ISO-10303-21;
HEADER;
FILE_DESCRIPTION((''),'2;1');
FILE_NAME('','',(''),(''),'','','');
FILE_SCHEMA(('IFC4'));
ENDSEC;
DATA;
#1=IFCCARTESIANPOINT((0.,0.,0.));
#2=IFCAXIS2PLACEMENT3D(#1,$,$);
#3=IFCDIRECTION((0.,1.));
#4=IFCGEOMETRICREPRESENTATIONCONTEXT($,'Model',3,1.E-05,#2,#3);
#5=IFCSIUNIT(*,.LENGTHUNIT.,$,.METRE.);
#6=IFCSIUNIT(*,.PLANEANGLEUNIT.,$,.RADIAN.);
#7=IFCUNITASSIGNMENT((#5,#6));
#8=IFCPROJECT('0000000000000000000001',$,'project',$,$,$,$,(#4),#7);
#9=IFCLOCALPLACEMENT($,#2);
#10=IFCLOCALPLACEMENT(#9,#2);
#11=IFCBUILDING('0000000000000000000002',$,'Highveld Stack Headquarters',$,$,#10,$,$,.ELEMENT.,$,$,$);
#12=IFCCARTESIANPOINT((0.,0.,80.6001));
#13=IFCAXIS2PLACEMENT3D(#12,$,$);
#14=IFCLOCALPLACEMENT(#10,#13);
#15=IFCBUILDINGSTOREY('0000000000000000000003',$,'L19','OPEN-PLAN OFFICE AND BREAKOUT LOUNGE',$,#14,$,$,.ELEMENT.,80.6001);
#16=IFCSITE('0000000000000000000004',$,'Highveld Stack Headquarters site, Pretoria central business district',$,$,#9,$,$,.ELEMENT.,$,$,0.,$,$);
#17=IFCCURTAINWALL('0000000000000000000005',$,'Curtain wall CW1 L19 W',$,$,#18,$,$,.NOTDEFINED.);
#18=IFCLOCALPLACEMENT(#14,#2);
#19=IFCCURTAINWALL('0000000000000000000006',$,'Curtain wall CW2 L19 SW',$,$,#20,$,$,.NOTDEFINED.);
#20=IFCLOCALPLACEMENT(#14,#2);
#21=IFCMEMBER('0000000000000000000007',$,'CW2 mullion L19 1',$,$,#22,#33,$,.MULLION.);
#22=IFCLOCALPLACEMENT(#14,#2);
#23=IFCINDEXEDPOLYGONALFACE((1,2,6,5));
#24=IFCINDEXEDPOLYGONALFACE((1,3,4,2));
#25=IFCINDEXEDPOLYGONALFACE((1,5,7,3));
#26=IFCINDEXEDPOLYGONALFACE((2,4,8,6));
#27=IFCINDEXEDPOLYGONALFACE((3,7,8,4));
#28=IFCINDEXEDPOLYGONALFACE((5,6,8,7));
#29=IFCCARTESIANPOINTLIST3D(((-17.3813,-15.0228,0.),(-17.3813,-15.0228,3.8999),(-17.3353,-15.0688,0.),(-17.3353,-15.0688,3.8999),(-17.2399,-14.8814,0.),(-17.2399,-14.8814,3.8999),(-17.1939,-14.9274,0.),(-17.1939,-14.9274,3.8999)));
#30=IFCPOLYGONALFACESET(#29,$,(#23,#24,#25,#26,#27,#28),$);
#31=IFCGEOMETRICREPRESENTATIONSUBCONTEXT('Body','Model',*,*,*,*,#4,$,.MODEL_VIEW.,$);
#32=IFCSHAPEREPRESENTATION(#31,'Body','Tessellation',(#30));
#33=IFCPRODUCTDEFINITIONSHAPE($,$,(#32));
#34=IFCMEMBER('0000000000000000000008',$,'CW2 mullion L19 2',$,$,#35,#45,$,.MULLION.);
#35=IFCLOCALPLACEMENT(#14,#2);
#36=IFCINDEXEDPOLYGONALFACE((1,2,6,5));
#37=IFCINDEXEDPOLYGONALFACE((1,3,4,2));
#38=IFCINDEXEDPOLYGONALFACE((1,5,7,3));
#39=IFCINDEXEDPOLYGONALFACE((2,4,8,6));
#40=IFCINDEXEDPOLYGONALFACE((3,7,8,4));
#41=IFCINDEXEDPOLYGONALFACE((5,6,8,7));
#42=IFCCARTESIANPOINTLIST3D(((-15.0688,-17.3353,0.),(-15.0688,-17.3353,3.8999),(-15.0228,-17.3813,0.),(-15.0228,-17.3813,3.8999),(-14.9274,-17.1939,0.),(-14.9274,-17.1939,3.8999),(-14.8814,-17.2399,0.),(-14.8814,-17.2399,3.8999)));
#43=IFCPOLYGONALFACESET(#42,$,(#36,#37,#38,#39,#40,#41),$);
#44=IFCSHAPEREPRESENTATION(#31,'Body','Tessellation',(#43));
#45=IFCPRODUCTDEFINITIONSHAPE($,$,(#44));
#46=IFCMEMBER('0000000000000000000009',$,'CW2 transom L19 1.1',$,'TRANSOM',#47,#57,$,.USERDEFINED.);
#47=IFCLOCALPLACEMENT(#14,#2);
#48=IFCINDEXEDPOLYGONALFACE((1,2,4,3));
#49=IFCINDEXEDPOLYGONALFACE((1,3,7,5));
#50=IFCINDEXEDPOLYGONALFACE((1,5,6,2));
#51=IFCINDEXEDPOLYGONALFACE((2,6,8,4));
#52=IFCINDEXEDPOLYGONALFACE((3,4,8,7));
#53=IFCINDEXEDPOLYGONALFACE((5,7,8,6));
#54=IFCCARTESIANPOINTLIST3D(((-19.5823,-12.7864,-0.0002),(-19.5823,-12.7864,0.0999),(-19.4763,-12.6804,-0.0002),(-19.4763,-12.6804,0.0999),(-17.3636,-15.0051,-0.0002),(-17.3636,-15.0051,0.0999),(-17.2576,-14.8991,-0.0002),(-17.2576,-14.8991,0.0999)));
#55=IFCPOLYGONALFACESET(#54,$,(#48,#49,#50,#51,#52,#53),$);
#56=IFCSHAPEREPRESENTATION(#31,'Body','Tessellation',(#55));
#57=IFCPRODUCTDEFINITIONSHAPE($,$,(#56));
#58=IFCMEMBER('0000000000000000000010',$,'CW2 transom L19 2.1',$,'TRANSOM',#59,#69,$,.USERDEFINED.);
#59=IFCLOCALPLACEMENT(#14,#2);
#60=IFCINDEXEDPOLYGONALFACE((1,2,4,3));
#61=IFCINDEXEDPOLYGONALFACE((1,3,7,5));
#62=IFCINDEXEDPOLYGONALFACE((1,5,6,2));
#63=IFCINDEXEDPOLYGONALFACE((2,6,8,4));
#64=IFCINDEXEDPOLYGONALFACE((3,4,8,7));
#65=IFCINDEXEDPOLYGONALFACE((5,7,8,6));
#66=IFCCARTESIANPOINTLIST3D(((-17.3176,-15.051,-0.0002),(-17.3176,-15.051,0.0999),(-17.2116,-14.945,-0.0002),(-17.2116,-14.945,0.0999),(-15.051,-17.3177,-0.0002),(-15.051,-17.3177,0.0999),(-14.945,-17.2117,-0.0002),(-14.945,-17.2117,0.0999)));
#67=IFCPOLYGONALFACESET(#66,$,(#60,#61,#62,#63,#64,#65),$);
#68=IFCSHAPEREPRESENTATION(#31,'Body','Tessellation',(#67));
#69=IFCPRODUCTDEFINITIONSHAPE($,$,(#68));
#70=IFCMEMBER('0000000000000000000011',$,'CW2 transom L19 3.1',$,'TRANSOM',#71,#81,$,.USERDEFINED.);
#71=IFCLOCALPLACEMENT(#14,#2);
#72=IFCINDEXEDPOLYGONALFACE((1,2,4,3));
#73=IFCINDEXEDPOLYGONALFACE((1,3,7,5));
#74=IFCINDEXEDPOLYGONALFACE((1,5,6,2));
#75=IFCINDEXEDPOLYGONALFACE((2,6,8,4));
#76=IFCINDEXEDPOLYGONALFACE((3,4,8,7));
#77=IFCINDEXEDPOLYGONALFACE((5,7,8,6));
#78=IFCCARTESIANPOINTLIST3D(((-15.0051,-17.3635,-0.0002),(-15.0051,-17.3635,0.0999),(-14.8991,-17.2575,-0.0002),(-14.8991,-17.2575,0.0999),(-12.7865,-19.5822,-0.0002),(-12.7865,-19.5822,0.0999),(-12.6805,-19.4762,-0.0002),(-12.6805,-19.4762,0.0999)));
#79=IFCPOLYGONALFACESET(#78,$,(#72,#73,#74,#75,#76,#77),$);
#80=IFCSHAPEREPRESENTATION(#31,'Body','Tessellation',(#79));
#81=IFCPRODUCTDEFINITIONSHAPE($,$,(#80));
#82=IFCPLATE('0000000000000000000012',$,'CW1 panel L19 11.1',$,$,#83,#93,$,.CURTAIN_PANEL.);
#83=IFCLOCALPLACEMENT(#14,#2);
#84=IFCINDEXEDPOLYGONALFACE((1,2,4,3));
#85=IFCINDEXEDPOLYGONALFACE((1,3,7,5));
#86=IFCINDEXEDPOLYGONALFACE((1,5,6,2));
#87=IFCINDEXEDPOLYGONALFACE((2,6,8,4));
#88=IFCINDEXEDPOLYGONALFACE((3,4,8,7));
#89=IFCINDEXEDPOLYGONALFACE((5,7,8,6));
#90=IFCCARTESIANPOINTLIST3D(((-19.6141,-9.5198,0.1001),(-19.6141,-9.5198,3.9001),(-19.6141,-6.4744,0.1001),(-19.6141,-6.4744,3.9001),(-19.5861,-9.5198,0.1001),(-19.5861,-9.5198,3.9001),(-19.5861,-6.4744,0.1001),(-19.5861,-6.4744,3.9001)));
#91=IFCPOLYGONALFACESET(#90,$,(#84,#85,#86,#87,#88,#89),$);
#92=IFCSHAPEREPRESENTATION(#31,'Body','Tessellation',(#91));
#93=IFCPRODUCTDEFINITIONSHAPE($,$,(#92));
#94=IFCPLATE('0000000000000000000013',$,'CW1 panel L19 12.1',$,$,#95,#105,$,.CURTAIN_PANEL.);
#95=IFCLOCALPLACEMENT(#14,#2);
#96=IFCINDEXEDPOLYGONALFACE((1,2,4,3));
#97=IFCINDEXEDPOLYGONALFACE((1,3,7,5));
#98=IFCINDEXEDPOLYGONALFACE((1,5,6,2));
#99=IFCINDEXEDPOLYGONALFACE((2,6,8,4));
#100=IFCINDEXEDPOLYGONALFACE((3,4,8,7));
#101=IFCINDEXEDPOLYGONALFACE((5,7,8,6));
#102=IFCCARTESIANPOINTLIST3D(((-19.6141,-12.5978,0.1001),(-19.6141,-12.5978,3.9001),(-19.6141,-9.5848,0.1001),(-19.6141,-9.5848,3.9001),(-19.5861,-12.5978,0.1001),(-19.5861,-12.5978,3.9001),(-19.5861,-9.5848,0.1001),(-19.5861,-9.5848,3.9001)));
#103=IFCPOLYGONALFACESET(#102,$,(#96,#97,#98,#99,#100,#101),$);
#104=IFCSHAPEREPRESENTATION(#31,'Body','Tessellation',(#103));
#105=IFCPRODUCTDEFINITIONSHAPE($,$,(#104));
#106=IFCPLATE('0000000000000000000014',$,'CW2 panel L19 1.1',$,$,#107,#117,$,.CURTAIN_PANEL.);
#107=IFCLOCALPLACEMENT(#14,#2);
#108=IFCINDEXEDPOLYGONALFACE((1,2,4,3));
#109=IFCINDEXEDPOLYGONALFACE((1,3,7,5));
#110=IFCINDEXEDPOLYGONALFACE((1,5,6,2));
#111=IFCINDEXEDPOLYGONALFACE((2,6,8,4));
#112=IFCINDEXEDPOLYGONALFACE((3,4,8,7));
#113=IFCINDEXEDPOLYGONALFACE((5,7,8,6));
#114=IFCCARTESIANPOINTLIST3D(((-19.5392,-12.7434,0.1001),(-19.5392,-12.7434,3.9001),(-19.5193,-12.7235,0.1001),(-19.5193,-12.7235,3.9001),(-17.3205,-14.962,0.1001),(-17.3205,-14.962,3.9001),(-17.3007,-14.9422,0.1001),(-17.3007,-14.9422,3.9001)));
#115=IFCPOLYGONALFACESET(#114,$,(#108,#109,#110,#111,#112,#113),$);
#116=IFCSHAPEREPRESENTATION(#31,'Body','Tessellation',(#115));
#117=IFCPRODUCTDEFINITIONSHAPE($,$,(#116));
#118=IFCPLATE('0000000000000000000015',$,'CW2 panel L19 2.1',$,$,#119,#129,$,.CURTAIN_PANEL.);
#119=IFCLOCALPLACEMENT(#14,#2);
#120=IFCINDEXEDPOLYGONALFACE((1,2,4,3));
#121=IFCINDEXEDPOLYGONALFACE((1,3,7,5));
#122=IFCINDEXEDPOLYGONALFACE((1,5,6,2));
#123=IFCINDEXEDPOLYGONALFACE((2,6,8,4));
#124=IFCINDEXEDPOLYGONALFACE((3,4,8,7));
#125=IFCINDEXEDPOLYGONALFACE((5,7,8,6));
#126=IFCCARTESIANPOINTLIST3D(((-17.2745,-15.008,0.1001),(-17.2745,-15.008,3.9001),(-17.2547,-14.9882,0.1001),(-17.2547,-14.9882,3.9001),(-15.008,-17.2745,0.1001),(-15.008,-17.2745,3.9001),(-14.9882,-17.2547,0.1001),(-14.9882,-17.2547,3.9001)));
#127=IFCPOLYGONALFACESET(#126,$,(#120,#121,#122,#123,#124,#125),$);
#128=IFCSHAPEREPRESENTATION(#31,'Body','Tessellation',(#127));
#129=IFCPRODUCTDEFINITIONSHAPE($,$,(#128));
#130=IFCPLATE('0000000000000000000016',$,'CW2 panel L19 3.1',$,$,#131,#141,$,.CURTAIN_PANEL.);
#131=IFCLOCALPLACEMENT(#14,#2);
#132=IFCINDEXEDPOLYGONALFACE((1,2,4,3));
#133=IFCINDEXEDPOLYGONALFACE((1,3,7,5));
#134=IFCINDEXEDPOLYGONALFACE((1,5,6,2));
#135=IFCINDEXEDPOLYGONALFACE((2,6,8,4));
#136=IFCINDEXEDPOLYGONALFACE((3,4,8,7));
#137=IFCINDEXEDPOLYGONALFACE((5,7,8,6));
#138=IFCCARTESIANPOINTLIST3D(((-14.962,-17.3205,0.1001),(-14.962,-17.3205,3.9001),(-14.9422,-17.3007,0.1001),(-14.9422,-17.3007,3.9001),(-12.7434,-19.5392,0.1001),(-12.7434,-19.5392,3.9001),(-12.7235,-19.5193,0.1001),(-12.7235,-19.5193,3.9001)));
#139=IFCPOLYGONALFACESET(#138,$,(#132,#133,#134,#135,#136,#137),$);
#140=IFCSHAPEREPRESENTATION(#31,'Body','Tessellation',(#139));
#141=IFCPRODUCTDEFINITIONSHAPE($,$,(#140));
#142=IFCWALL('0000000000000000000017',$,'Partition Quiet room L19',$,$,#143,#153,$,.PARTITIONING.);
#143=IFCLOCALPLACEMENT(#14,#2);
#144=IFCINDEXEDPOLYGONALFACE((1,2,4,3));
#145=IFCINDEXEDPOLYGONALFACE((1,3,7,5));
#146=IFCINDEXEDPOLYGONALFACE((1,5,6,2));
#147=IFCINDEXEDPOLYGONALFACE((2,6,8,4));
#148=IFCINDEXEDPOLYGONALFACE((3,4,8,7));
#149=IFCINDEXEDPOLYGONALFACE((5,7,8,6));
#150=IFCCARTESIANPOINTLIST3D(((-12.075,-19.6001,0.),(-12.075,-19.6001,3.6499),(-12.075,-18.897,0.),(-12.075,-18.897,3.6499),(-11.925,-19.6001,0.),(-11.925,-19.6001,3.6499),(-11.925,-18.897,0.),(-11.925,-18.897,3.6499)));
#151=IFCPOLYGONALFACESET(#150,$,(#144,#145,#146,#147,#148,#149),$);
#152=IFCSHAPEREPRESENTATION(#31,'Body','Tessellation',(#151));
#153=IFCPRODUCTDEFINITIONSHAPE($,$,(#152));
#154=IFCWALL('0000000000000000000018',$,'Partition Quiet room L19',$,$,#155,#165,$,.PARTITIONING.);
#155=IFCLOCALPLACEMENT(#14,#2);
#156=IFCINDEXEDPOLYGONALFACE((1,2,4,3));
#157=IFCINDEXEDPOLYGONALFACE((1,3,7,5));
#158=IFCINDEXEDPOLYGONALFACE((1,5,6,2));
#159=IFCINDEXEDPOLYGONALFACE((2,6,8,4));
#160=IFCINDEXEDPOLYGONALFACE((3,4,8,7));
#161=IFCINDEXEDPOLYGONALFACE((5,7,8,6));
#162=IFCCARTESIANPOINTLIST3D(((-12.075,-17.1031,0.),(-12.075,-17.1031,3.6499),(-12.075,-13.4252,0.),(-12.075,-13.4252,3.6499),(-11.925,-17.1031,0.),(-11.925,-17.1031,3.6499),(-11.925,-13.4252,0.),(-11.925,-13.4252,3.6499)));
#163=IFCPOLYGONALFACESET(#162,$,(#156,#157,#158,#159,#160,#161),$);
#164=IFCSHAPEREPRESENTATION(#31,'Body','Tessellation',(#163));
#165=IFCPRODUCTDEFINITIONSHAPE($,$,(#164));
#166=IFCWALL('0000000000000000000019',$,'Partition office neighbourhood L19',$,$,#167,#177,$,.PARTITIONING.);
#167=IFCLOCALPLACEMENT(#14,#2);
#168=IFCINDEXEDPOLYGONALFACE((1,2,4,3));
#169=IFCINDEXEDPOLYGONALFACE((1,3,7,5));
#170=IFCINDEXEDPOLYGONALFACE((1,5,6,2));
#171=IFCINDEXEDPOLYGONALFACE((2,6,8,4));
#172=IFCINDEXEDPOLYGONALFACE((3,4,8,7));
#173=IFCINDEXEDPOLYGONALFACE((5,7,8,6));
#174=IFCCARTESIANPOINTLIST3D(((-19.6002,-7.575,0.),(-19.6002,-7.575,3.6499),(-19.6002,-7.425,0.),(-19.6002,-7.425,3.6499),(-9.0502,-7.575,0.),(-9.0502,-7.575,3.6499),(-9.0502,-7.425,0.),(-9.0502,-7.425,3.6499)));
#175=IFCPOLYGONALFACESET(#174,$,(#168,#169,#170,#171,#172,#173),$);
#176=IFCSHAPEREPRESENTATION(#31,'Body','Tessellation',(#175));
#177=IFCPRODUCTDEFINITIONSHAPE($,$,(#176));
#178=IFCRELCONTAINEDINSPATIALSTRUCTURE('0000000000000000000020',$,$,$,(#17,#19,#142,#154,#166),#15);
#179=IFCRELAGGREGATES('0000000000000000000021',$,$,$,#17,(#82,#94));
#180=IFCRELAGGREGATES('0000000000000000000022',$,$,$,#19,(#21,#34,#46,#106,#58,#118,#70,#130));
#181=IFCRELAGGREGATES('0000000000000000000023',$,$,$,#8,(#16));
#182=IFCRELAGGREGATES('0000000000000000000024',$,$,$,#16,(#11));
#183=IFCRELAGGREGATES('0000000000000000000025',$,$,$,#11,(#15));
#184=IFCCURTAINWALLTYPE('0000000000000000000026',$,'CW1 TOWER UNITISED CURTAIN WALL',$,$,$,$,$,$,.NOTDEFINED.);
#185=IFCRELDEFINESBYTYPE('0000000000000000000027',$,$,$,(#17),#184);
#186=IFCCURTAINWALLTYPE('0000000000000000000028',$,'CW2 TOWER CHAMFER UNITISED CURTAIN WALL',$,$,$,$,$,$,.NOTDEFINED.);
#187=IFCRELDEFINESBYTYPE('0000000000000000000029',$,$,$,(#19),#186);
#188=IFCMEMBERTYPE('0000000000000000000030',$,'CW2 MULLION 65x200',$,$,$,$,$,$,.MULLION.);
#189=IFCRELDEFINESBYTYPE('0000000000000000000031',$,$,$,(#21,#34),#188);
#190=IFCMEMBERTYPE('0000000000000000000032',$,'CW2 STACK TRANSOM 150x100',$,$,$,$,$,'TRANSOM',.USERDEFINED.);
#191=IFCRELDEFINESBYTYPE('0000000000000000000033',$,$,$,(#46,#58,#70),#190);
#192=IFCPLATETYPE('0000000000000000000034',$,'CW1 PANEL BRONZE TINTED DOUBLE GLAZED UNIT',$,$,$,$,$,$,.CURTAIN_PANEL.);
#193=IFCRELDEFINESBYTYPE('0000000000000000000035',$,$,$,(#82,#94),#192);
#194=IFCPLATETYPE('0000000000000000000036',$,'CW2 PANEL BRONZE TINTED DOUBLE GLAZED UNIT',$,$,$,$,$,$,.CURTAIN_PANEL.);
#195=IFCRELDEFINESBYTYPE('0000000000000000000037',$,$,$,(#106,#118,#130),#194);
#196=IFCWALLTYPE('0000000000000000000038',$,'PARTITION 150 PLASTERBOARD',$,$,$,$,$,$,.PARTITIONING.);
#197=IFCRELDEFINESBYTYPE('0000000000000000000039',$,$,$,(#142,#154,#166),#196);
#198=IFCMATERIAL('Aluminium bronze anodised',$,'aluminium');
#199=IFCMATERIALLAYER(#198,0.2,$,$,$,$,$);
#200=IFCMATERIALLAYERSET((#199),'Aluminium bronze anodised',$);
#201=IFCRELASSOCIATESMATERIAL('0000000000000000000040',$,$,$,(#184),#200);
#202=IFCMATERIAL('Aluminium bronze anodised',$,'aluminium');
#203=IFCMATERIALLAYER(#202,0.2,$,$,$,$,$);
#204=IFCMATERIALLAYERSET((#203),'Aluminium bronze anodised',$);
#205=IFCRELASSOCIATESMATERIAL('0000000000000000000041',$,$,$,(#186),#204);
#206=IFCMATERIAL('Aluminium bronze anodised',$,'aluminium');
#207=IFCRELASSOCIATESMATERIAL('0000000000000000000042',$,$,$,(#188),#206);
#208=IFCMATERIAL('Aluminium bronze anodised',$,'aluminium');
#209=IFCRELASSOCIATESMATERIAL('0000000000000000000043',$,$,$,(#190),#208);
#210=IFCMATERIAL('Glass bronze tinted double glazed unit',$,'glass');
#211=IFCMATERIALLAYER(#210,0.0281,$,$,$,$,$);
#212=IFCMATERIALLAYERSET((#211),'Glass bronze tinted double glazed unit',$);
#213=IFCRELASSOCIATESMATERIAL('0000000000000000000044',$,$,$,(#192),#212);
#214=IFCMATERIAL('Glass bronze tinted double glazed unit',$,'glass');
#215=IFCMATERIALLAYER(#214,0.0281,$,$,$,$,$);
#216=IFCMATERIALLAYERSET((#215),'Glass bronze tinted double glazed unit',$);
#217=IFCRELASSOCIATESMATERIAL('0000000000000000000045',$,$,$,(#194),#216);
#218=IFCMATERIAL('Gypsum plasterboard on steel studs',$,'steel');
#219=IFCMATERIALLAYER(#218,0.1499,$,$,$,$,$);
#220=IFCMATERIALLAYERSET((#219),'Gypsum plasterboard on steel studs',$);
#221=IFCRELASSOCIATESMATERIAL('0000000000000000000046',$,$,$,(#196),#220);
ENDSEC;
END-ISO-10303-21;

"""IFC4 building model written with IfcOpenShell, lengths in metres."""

from ifc_helpers import new_model, si_unit, direction, frame, frame_2d, origin, origin_2d, place, context, subcontext, project, spatial, rectangle, extrude, material, layer, layer_set, material_profile, profile_set, type_object, element, aggregate, save


model = new_model("IFC4")

# Units and contexts
model_context = context("Model", 3, precision=1e-05, world=origin(), true_north=direction((0.0, 1.0)))
body_context = subcontext(model_context, "Body", "Model", "MODEL_VIEW")
ifc_project = project(units=[si_unit("LENGTHUNIT", "METRE"), si_unit("PLANEANGLEUNIT", "RADIAN")], contexts=[model_context])

# Site, building, storey
site_placement = place(None, origin())
site = spatial("IfcSite", under=ifc_project, at=site_placement, Name="Highveld Stack Headquarters site, Pretoria central business district", CompositionType="ELEMENT", RefElevation=0.0)
building_placement = place(site_placement, origin())
building = spatial("IfcBuilding", under=site, at=building_placement, Name="Highveld Stack Headquarters", CompositionType="ELEMENT")
storey_placement = place(building_placement, frame((0.0, 0.0, 80.6001)))
storey = spatial("IfcBuildingStorey", under=building, at=storey_placement, Name="L19", Description="OPEN-PLAN OFFICE AND BREAKOUT LOUNGE", CompositionType="ELEMENT", Elevation=80.6001)

# Shared definitions
ifc_material_1 = material(Name="Aluminium bronze anodised", Category="aluminium")
ifc_layer_1 = layer(ifc_material_1, 0.2)
ifc_layer_set_1 = layer_set([ifc_layer_1], Name="Aluminium bronze anodised")
curtain_wall_type_1 = type_object("IfcCurtainWallType", Name="CW1 TOWER UNITISED CURTAIN WALL", PredefinedType="NOTDEFINED", material=ifc_layer_set_1)

# Curtain wall
curtain_wall_1_placement = place(storey_placement, origin())
curtain_wall_1 = element("IfcCurtainWall", 1, at=curtain_wall_1_placement, inside=storey, type_object=curtain_wall_type_1, Name="Curtain wall CW1 L19 W", PredefinedType="NOTDEFINED")

# Curtain wall, members
ifc_material_2 = material(Name="Aluminium bronze anodised", Category="aluminium")
ifc_layer_2 = layer(ifc_material_2, 0.2)
ifc_layer_set_2 = layer_set([ifc_layer_2], Name="Aluminium bronze anodised")
curtain_wall_type_2 = type_object("IfcCurtainWallType", Name="CW2 TOWER CHAMFER UNITISED CURTAIN WALL", PredefinedType="NOTDEFINED", material=ifc_layer_set_2)
curtain_wall_2_placement = place(storey_placement, origin())
curtain_wall_2 = element("IfcCurtainWall", 2, at=curtain_wall_2_placement, inside=storey, type_object=curtain_wall_type_2, Name="Curtain wall CW2 L19 SW", PredefinedType="NOTDEFINED")
ifc_material_3 = material(Name="Aluminium bronze anodised", Category="aluminium")
ifc_material_profile_1 = material_profile(ifc_material_3, rectangle(XDim=0.2, YDim=0.0649, at=origin_2d()), Name="CW2 MULLION 65x200")
ifc_profile_set_1 = profile_set([ifc_material_profile_1], Name="Aluminium bronze anodised")
member_type_1 = type_object("IfcMemberType", Name="CW2 MULLION 65x200", PredefinedType="MULLION", material=ifc_profile_set_1)
member_1_placement = place(storey_placement, frame((-17.2876, -14.9751, 0.0), z_axis=(0.0, 0.0, 1.0), x_axis=(0.707107, 0.707107, 0.0)))
member_1 = element("IfcMember", 3, at=member_1_placement, type_object=member_type_1, Name="CW2 mullion L19 1", PredefinedType="MULLION", context=body_context, shape_type="SweptSolid", body=[
    extrude(rectangle(XDim=0.2, YDim=0.0649, at=origin_2d()), origin(), (0.0, 0.0, 1.0), 3.8999),
])
member_2_placement = place(storey_placement, frame((-14.9751, -17.2876, 0.0), z_axis=(0.0, 0.0, 1.0), x_axis=(0.707107, 0.707107, 0.0)))
member_2 = element("IfcMember", 4, at=member_2_placement, type_object=member_type_1, Name="CW2 mullion L19 2", PredefinedType="MULLION", context=body_context, shape_type="SweptSolid", body=[
    extrude(rectangle(XDim=0.2, YDim=0.0649, at=origin_2d()), origin(), (0.0, 0.0, 1.0), 3.8999),
])
ifc_material_4 = material(Name="Aluminium bronze anodised", Category="aluminium")
ifc_material_profile_2 = material_profile(ifc_material_4, rectangle(XDim=0.1499, YDim=0.1001, at=origin_2d()), Name="CW2 TRANSOM 150x100")
ifc_profile_set_2 = profile_set([ifc_material_profile_2], Name="Aluminium bronze anodised")
member_type_2 = type_object("IfcMemberType", Name="CW2 STACK TRANSOM 150x100", ElementType="TRANSOM", PredefinedType="USERDEFINED", material=ifc_profile_set_2)
member_3_placement = place(storey_placement, frame((-19.5293, -12.7334, 0.0498), z_axis=(0.707107, -0.707107, 0.0), x_axis=(0.707107, 0.707107, 0.0)))
member_3 = element("IfcMember", 5, at=member_3_placement, type_object=member_type_2, Name="CW2 transom L19 1.1", ObjectType="TRANSOM", PredefinedType="USERDEFINED", context=body_context, shape_type="SweptSolid", body=[
    extrude(rectangle(XDim=0.1499, YDim=0.1001, at=origin_2d()), origin(), (0.0, 0.0, 1.0), 3.1377),
])
member_4_placement = place(storey_placement, frame((-17.2646, -14.998, 0.0498), z_axis=(0.707107, -0.707107, 0.0), x_axis=(0.707107, 0.707107, 0.0)))
member_4 = element("IfcMember", 6, at=member_4_placement, type_object=member_type_2, Name="CW2 transom L19 2.1", ObjectType="TRANSOM", PredefinedType="USERDEFINED", context=body_context, shape_type="SweptSolid", body=[
    extrude(rectangle(XDim=0.1499, YDim=0.1001, at=origin_2d()), origin(), (0.0, 0.0, 1.0), 3.2056),
])
member_5_placement = place(storey_placement, frame((-14.9521, -17.3105, 0.0498), z_axis=(0.707107, -0.707107, 0.0), x_axis=(0.707107, 0.707107, 0.0)))
member_5 = element("IfcMember", 7, at=member_5_placement, type_object=member_type_2, Name="CW2 transom L19 3.1", ObjectType="TRANSOM", PredefinedType="USERDEFINED", context=body_context, shape_type="SweptSolid", body=[
    extrude(rectangle(XDim=0.1499, YDim=0.1001, at=origin_2d()), origin(), (0.0, 0.0, 1.0), 3.1377),
])

# Plates
ifc_material_5 = material(Name="Glass bronze tinted double glazed unit", Category="glass")
ifc_layer_3 = layer(ifc_material_5, 0.0281)
ifc_layer_set_3 = layer_set([ifc_layer_3], Name="Glass bronze tinted double glazed unit")
plate_type_1 = type_object("IfcPlateType", Name="CW1 PANEL BRONZE TINTED DOUBLE GLAZED UNIT", PredefinedType="CURTAIN_PANEL", material=ifc_layer_set_3)
plate_1_placement = place(storey_placement, frame((-19.6001, -7.9971, 0.1001), z_axis=(0.0, 0.0, 1.0), x_axis=(0.0, -1.0, 0.0)))
plate_1 = element("IfcPlate", 8, at=plate_1_placement, type_object=plate_type_1, Name="CW1 panel L19 11.1", PredefinedType="CURTAIN_PANEL", context=body_context, shape_type="SweptSolid", body=[
    extrude(rectangle(XDim=3.0454, YDim=0.0281, at=origin_2d()), origin(), (0.0, 0.0, 1.0), 3.8),
])
plate_2_placement = place(storey_placement, frame((-19.6001, -11.0913, 0.1001), z_axis=(0.0, 0.0, 1.0), x_axis=(0.0, -1.0, 0.0)))
plate_2 = element("IfcPlate", 9, at=plate_2_placement, type_object=plate_type_1, Name="CW1 panel L19 12.1", PredefinedType="CURTAIN_PANEL", context=body_context, shape_type="SweptSolid", body=[
    extrude(rectangle(XDim=3.0129, YDim=0.0281, at=origin_2d()), origin(), (0.0, 0.0, 1.0), 3.8),
])
aggregate(curtain_wall_1, [plate_1, plate_2])
ifc_material_6 = material(Name="Glass bronze tinted double glazed unit", Category="glass")
ifc_layer_4 = layer(ifc_material_6, 0.0281)
ifc_layer_set_4 = layer_set([ifc_layer_4], Name="Glass bronze tinted double glazed unit")
plate_type_2 = type_object("IfcPlateType", Name="CW2 PANEL BRONZE TINTED DOUBLE GLAZED UNIT", PredefinedType="CURTAIN_PANEL", material=ifc_layer_set_4)
plate_3_placement = place(storey_placement, frame((-18.4199, -13.8428, 0.1001), z_axis=(0.0, 0.0, 1.0), x_axis=(0.707107, -0.707107, 0.0)))
plate_3 = element("IfcPlate", 10, at=plate_3_placement, type_object=plate_type_2, Name="CW2 panel L19 1.1", PredefinedType="CURTAIN_PANEL", context=body_context, shape_type="SweptSolid", body=[
    extrude(rectangle(XDim=3.1377, YDim=0.0281, at=origin_2d()), origin(), (0.0, 0.0, 1.0), 3.8),
])
plate_4_placement = place(storey_placement, frame((-16.1313, -16.1313, 0.1001), z_axis=(0.0, 0.0, 1.0), x_axis=(0.707107, -0.707107, 0.0)))
plate_4 = element("IfcPlate", 11, at=plate_4_placement, type_object=plate_type_2, Name="CW2 panel L19 2.1", PredefinedType="CURTAIN_PANEL", context=body_context, shape_type="SweptSolid", body=[
    extrude(rectangle(XDim=3.2053, YDim=0.0281, at=origin_2d()), origin(), (0.0, 0.0, 1.0), 3.8),
])
plate_5_placement = place(storey_placement, frame((-13.8428, -18.4199, 0.1001), z_axis=(0.0, 0.0, 1.0), x_axis=(0.707107, -0.707107, 0.0)))
plate_5 = element("IfcPlate", 12, at=plate_5_placement, type_object=plate_type_2, Name="CW2 panel L19 3.1", PredefinedType="CURTAIN_PANEL", context=body_context, shape_type="SweptSolid", body=[
    extrude(rectangle(XDim=3.1377, YDim=0.0281, at=origin_2d()), origin(), (0.0, 0.0, 1.0), 3.8),
])
aggregate(curtain_wall_2, [member_1, member_2, member_3, plate_3, member_4, plate_4, member_5, plate_5])

# Walls
ifc_material_7 = material(Name="Gypsum plasterboard on steel studs", Category="steel")
ifc_layer_5 = layer(ifc_material_7, 0.1499)
ifc_layer_set_5 = layer_set([ifc_layer_5], Name="Gypsum plasterboard on steel studs")
wall_type = type_object("IfcWallType", Name="PARTITION 150 PLASTERBOARD", PredefinedType="PARTITIONING", material=ifc_layer_set_5)
wall_1_placement = place(storey_placement, frame((-12.0, -19.6001, 0.0), z_axis=(0.0, 0.0, 1.0), x_axis=(0.0, 1.0, 0.0)))
element("IfcWall", 13, at=wall_1_placement, inside=storey, type_object=wall_type, Name="Partition Quiet room L19", PredefinedType="PARTITIONING", context=body_context, shape_type="SweptSolid", body=[
    extrude(rectangle(XDim=0.7031, YDim=0.1499, at=frame_2d((0.3516, 0.0))), origin(), (0.0, 0.0, 1.0), 3.6499),
])
wall_2_placement = place(storey_placement, frame((-12.0, -17.103, 0.0), z_axis=(0.0, 0.0, 1.0), x_axis=(0.0, 1.0, 0.0)))
element("IfcWall", 14, at=wall_2_placement, inside=storey, type_object=wall_type, Name="Partition Quiet room L19", PredefinedType="PARTITIONING", context=body_context, shape_type="SweptSolid", body=[
    extrude(rectangle(XDim=3.678, YDim=0.1499, at=frame_2d((1.8389, 0.0))), origin(), (0.0, 0.0, 1.0), 3.6499),
])
wall_3_placement = place(storey_placement, frame((-19.6001, -7.5, 0.0), z_axis=(0.0, 0.0, 1.0), x_axis=(1.0, 0.0, 0.0)))
element("IfcWall", 15, at=wall_3_placement, inside=storey, type_object=wall_type, Name="Partition office neighbourhood L19", PredefinedType="PARTITIONING", context=body_context, shape_type="SweptSolid", body=[
    extrude(rectangle(XDim=10.55, YDim=0.1499, at=frame_2d((5.2749, 0.0))), origin(), (0.0, 0.0, 1.0), 3.6499),
])

save(model, "model.ifc")
